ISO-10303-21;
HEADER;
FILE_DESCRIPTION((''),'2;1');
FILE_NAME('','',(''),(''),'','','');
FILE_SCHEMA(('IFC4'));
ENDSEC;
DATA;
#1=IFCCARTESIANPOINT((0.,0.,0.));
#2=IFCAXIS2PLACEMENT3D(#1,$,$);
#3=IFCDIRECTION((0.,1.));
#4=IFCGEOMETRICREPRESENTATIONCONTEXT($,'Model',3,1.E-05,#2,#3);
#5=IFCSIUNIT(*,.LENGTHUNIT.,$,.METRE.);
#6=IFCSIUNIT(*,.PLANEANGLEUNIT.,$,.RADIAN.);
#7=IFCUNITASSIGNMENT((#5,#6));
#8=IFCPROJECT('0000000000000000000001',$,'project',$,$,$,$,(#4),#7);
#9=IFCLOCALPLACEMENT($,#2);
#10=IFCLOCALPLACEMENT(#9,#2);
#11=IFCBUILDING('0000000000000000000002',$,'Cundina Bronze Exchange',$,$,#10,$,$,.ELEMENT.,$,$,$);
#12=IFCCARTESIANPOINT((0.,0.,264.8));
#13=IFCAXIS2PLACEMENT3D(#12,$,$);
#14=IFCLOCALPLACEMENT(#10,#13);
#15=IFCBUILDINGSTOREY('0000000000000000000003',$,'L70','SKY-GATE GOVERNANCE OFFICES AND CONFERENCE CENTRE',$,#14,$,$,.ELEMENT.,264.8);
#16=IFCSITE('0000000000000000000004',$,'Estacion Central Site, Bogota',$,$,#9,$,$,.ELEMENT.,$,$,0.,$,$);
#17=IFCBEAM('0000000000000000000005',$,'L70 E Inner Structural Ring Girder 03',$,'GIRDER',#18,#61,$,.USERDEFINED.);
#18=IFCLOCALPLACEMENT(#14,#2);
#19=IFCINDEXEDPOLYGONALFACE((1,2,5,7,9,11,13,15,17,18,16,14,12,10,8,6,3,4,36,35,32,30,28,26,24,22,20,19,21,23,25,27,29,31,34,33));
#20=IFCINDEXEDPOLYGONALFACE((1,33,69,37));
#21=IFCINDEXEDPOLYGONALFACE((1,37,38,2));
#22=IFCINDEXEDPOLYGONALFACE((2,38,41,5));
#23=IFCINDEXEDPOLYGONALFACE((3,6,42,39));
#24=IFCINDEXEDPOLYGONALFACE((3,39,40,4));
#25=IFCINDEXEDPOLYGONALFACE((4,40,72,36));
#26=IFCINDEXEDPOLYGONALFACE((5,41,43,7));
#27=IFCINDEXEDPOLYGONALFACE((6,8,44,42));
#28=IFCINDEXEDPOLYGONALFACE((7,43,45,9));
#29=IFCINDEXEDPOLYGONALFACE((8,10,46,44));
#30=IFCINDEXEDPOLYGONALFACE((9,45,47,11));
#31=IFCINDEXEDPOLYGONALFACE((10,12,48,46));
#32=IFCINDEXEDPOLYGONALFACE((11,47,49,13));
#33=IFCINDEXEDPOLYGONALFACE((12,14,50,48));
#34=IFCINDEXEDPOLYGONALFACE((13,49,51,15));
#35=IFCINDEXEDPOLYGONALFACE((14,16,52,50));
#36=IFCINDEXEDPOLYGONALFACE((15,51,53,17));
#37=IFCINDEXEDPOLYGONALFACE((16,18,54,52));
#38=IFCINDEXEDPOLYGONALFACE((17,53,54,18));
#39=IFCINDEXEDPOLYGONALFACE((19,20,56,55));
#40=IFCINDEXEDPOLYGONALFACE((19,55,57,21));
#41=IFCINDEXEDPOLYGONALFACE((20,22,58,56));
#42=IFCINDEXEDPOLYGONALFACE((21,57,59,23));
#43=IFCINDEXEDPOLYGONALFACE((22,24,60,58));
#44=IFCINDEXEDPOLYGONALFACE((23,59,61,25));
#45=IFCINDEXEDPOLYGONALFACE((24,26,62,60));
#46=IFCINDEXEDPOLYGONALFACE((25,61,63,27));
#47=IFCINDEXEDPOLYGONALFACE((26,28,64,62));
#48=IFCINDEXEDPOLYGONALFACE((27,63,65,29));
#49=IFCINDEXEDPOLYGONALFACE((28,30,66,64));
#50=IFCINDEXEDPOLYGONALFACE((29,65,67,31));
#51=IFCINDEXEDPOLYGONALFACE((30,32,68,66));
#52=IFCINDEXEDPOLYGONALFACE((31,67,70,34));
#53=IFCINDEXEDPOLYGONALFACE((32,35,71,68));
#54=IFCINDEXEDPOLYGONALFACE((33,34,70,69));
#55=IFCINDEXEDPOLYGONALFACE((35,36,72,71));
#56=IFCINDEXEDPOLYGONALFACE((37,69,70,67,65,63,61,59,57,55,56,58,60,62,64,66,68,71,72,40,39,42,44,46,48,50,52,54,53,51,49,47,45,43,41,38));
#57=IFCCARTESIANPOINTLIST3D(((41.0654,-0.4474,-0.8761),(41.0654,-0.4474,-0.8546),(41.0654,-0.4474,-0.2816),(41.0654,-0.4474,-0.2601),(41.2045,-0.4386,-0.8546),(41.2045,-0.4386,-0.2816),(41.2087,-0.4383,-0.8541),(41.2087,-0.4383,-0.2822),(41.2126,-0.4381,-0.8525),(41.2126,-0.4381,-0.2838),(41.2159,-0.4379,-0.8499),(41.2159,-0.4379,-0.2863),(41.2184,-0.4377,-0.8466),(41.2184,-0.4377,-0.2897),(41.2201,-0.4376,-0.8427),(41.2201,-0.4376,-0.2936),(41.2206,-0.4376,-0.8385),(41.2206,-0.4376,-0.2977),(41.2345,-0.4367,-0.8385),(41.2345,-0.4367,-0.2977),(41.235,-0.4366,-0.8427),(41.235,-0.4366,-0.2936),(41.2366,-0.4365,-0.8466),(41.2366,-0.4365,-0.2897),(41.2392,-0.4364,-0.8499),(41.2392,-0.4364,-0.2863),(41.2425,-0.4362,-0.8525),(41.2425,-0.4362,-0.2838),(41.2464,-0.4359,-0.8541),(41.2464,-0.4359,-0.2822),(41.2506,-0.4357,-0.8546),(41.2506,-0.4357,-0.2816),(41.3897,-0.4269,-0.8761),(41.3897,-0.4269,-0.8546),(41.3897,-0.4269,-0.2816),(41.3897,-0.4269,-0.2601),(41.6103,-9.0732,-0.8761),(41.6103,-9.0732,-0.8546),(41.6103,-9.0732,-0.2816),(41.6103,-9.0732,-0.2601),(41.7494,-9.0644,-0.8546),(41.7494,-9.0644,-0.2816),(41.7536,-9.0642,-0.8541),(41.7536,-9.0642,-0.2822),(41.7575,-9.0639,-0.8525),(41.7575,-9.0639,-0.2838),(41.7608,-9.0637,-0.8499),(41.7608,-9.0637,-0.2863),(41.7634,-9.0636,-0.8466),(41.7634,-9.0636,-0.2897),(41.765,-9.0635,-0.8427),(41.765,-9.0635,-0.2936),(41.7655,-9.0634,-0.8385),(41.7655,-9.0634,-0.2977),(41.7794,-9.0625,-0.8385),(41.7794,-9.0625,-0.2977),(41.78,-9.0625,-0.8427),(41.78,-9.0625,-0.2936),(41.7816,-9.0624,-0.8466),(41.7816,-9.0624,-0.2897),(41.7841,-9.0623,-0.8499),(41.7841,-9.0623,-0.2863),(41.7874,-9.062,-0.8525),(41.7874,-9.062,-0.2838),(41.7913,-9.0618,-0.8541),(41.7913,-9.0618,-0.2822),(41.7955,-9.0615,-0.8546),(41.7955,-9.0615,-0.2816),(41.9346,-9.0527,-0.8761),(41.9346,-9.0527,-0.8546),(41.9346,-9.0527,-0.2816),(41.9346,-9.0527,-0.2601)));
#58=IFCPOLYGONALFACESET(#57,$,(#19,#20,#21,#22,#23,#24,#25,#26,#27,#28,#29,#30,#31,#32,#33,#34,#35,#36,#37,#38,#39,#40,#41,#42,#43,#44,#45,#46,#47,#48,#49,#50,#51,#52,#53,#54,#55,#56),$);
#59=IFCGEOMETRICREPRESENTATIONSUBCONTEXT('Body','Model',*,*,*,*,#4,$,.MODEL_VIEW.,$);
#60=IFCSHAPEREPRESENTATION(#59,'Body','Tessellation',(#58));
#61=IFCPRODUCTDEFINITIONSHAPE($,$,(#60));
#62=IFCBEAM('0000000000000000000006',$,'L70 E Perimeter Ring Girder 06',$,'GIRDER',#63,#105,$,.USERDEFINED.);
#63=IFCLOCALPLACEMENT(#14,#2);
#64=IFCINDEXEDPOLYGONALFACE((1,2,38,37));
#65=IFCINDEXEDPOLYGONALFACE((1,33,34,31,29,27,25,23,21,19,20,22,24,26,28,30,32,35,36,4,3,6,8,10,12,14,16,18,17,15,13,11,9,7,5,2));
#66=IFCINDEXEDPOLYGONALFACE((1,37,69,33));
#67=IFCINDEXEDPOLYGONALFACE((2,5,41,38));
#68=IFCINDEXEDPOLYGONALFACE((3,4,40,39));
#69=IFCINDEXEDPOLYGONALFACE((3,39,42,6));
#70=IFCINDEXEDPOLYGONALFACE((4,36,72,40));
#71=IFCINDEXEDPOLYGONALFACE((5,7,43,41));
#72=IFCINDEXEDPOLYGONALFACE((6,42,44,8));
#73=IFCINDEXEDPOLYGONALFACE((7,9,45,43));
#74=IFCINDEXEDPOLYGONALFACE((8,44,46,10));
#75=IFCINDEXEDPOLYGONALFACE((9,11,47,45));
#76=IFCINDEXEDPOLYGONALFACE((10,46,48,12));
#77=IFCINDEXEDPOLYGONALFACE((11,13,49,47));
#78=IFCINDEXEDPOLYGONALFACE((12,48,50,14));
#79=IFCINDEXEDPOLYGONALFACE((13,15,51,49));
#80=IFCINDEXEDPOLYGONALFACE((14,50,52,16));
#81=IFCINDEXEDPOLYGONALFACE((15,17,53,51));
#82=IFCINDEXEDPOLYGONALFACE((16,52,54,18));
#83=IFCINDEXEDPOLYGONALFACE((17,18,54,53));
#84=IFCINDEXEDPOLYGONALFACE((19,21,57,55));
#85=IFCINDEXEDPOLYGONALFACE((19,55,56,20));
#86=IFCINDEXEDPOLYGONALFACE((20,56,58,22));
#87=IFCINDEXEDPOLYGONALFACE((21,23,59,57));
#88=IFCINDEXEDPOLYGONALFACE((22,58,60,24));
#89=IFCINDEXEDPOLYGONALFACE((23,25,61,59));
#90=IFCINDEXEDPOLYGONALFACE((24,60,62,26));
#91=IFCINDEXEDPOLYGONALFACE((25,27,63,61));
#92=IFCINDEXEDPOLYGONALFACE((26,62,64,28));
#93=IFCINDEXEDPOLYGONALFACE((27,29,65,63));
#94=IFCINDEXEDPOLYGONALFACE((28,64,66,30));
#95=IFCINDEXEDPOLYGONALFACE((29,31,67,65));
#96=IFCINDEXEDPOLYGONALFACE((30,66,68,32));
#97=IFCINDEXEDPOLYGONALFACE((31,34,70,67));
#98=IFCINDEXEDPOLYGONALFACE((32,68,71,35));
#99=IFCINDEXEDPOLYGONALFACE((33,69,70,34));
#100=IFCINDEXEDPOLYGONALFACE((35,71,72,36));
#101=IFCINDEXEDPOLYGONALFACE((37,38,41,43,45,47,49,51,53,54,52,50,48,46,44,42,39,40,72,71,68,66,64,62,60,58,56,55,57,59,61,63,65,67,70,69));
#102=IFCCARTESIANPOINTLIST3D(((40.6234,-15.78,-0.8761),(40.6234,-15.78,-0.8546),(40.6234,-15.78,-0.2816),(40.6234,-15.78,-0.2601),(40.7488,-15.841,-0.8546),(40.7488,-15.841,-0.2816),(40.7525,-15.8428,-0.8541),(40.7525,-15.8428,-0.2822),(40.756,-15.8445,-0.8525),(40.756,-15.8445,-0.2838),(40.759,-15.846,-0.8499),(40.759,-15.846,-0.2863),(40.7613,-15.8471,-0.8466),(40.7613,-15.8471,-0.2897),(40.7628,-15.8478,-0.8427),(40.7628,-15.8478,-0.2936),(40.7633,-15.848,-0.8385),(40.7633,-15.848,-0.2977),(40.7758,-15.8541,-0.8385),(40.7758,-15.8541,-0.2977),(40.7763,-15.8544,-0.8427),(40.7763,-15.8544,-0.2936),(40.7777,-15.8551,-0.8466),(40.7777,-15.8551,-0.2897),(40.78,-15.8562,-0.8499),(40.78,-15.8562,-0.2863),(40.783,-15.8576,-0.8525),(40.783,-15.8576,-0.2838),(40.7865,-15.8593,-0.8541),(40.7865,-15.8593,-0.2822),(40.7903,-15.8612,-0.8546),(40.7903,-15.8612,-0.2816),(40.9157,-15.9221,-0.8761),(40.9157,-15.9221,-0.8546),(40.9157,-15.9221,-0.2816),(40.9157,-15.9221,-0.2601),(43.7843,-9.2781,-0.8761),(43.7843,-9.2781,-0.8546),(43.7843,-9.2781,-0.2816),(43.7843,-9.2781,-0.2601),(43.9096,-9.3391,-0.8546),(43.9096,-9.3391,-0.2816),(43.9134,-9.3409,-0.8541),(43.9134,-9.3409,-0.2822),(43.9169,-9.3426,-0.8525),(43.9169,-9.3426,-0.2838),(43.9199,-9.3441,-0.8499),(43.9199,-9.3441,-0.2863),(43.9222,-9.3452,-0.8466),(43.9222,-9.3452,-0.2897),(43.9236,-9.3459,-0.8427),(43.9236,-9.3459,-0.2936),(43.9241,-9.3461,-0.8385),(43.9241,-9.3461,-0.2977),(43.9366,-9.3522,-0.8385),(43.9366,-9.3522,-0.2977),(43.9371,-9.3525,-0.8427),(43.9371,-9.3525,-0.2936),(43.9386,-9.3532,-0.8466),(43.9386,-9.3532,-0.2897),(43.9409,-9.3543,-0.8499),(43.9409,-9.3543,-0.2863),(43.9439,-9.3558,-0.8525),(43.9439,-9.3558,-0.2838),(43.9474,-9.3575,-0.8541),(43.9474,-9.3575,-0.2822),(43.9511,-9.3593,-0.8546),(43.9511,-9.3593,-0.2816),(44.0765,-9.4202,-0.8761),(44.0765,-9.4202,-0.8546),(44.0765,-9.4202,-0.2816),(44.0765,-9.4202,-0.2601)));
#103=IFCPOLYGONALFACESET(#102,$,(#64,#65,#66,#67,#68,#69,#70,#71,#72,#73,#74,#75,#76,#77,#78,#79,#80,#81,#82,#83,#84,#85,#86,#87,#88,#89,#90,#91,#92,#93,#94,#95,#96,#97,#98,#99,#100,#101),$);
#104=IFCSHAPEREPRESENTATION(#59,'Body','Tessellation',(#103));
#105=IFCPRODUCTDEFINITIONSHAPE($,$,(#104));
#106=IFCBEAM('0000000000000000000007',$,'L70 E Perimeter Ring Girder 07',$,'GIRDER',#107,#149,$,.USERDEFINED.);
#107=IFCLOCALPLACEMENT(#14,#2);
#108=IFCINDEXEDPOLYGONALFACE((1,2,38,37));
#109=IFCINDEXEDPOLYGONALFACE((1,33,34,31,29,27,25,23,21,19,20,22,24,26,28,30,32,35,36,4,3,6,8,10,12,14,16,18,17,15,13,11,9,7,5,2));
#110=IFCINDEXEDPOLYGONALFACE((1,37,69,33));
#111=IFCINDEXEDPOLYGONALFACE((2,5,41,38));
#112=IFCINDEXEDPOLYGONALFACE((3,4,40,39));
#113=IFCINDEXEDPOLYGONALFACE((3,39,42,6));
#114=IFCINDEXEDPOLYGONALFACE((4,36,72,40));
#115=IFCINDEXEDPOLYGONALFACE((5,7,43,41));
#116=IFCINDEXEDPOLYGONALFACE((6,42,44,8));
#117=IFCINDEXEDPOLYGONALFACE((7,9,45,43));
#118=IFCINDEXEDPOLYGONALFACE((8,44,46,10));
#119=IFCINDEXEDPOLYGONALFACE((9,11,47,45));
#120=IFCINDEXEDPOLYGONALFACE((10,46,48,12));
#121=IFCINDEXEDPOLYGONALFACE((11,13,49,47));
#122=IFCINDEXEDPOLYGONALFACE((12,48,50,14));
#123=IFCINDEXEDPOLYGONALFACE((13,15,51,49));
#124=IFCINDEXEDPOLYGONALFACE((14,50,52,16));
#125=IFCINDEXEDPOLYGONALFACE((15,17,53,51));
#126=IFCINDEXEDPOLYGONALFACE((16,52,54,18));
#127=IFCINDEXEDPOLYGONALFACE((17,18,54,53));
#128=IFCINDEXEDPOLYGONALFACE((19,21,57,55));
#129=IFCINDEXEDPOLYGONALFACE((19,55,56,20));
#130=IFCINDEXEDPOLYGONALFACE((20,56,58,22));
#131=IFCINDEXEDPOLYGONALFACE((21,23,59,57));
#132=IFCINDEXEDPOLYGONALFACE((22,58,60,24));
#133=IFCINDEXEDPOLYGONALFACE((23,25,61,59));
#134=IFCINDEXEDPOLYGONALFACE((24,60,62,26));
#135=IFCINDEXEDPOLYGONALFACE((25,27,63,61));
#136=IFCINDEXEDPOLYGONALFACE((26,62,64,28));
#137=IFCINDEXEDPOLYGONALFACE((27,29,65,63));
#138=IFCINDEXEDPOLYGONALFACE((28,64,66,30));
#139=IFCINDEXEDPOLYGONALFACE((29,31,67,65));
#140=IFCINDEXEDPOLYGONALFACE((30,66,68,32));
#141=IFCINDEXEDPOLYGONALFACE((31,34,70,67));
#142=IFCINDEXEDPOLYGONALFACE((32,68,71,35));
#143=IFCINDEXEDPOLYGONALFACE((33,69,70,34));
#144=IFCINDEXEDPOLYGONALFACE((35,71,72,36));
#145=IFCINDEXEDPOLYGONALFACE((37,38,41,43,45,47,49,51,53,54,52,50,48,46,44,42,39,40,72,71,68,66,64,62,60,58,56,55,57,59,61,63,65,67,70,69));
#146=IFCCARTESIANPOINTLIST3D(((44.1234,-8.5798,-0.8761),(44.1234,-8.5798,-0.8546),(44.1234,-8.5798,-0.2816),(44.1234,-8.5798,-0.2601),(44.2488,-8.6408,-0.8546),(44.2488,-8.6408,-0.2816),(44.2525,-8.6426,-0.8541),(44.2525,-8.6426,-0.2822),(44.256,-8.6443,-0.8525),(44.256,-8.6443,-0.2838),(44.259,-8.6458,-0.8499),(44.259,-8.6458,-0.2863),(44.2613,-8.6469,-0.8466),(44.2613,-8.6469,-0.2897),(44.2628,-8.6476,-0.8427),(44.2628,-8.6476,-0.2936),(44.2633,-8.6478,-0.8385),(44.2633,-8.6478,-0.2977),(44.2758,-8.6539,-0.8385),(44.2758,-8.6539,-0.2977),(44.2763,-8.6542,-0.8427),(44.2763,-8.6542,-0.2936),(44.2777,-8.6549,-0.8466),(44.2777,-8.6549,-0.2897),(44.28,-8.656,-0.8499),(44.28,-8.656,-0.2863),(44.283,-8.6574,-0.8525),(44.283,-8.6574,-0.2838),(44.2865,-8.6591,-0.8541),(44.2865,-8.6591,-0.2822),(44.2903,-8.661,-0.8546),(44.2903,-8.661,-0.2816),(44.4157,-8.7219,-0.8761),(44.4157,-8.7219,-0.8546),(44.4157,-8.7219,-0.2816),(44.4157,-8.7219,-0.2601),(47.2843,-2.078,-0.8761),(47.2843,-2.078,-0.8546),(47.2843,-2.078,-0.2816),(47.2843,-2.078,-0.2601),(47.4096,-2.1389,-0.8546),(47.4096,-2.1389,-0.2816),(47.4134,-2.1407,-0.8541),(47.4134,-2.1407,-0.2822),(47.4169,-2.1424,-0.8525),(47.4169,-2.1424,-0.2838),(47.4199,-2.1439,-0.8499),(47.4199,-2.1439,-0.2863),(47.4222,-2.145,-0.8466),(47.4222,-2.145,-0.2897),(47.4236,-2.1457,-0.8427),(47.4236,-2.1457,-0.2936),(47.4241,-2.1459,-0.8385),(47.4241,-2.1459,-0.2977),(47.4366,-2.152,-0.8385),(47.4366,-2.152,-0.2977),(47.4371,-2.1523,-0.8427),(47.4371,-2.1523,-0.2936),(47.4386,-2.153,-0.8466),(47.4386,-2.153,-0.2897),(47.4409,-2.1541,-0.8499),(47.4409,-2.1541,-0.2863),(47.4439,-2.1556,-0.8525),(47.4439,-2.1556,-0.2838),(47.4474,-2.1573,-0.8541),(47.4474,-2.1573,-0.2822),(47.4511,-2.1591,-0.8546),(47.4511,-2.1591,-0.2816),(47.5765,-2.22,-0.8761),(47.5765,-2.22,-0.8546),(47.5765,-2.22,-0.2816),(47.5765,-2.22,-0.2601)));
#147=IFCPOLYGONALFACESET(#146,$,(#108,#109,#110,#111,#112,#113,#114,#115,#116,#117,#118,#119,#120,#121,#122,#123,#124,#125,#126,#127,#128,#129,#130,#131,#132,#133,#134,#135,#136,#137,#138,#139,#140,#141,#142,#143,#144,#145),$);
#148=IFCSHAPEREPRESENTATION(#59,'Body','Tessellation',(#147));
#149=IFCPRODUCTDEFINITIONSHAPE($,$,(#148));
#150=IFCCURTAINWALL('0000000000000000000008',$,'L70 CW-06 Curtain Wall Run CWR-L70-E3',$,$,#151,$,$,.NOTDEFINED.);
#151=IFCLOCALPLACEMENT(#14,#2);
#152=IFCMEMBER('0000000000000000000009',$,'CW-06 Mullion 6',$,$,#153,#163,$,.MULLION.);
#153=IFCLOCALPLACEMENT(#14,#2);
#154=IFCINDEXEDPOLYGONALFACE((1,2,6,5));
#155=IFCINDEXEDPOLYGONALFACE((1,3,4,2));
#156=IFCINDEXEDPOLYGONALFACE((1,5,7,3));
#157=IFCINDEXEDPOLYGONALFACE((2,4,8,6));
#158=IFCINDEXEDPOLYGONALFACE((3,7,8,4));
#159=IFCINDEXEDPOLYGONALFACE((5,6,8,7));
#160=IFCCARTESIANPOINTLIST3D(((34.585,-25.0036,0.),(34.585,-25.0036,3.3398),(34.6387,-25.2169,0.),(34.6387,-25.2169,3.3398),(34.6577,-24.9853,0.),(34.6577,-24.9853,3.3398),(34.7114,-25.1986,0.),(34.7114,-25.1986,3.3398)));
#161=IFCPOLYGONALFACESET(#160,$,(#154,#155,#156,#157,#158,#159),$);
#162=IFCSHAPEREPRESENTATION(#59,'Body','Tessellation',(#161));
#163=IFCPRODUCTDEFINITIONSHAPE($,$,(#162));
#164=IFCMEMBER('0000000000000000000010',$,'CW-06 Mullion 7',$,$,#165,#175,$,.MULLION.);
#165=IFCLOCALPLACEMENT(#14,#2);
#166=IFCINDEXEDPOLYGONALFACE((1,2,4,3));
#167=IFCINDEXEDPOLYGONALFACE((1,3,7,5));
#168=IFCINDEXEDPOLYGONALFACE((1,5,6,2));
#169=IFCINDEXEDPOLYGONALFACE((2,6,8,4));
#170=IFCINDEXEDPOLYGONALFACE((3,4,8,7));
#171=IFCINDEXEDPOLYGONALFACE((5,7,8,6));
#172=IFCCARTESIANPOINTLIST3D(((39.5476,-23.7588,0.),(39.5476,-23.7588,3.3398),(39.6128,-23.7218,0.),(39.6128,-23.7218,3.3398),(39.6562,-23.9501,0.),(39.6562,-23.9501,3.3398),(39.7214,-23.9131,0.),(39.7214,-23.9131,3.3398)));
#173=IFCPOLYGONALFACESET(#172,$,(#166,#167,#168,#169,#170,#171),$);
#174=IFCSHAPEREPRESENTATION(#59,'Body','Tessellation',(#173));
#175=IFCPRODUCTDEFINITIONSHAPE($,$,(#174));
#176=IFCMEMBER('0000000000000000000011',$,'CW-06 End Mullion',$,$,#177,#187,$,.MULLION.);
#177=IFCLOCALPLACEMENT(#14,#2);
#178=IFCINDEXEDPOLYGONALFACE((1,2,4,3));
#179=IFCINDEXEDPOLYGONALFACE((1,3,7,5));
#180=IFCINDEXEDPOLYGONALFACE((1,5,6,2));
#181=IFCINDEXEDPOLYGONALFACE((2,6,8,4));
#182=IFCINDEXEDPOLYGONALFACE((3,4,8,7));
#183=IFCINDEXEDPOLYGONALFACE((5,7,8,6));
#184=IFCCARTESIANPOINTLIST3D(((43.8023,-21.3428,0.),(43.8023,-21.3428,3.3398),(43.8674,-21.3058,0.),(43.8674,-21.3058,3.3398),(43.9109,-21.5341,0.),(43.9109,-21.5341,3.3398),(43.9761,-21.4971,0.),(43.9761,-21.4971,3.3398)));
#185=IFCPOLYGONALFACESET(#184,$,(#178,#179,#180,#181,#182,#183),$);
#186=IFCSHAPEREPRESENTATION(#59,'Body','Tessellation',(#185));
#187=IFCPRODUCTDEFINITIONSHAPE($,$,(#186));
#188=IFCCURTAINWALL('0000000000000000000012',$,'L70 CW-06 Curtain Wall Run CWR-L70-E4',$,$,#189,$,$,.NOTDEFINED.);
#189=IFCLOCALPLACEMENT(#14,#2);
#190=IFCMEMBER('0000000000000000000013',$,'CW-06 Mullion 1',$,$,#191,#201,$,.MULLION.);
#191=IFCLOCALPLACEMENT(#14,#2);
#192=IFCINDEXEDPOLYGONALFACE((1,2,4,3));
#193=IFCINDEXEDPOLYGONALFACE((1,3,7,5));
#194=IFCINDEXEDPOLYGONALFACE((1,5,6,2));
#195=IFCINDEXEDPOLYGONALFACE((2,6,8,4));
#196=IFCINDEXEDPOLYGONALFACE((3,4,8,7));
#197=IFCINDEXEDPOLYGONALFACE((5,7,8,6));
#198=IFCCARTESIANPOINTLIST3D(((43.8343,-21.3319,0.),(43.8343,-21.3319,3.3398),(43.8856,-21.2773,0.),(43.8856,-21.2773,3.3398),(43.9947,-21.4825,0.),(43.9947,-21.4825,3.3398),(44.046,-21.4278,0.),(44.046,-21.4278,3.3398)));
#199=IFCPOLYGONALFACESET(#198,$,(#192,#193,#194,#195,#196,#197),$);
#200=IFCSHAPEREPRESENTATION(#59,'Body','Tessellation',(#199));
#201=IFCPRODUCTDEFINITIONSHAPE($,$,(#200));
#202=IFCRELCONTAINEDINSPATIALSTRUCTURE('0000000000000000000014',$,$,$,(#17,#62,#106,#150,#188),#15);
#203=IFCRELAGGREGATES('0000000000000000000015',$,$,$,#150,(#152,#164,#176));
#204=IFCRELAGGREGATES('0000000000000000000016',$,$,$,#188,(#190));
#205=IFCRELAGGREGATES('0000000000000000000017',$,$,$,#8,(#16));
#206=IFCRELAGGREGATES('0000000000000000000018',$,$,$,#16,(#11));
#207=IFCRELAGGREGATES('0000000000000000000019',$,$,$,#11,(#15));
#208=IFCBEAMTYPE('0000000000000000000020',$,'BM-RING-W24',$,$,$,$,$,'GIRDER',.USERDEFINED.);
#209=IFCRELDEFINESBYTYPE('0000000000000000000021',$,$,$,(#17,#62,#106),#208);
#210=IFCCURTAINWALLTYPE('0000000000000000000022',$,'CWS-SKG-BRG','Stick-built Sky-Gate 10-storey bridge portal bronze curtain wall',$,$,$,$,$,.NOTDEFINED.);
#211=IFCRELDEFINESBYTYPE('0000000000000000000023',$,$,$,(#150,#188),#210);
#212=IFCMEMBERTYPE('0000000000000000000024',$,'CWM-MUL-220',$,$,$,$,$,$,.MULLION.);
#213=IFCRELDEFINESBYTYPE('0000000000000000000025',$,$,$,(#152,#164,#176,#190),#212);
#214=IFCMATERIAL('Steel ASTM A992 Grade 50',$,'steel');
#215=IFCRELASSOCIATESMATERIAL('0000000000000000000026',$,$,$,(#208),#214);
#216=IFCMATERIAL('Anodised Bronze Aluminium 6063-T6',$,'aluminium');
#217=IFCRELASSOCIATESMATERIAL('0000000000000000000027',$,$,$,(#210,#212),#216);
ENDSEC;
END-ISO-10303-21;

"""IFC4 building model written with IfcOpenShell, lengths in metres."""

from ifc_helpers import new_model, si_unit, direction, frame, origin, origin_2d, place, context, subcontext, project, spatial, rectangle, i_section, extrude, material, material_profile, profile_set, type_object, element, aggregate, save


model = new_model("IFC4")

# Units and contexts
model_context = context("Model", 3, precision=1e-05, world=origin(), true_north=direction((0.0, 1.0)))
body_context = subcontext(model_context, "Body", "Model", "MODEL_VIEW")
ifc_project = project(units=[si_unit("LENGTHUNIT", "METRE"), si_unit("PLANEANGLEUNIT", "RADIAN")], contexts=[model_context])

# Site, building, storey
site_placement = place(None, origin())
site = spatial("IfcSite", under=ifc_project, at=site_placement, Name="Estacion Central Site, Bogota", CompositionType="ELEMENT", RefElevation=0.0)
building_placement = place(site_placement, origin())
building = spatial("IfcBuilding", under=site, at=building_placement, Name="Cundina Bronze Exchange", CompositionType="ELEMENT")
storey_placement = place(building_placement, frame((0.0, 0.0, 264.8)))
storey = spatial("IfcBuildingStorey", under=building, at=storey_placement, Name="L70", Description="SKY-GATE GOVERNANCE OFFICES AND CONFERENCE CENTRE", CompositionType="ELEMENT", Elevation=264.8)

# Beams
ifc_material_1 = material(Name="Steel ASTM A992 Grade 50", Category="steel")
ifc_material_profile_1 = material_profile(ifc_material_1, i_section(OverallWidth=0.325, OverallDepth=0.616, WebThickness=0.0139, FlangeThickness=0.0215, FilletRadius=0.0161, at=origin_2d()), Name="W24X117", Category="steel")
ifc_profile_set_1 = profile_set([ifc_material_profile_1], Name="Steel ASTM A992 Grade 50")
beam_type_1 = type_object("IfcBeamType", Name="BM-RING-W24", ElementType="GIRDER", PredefinedType="USERDEFINED", material=ifc_profile_set_1)
beam_1_placement = place(storey_placement, frame((41.7725, -9.063, -0.5681), z_axis=(-0.063047, 0.998011, 0.0), x_axis=(-0.998011, -0.063047, 0.0)))
element("IfcBeam", 1, at=beam_1_placement, inside=storey, type_object=beam_type_1, Name="L70 E Inner Structural Ring Girder 03", ObjectType="GIRDER", PredefinedType="USERDEFINED", context=body_context, shape_type="SweptSolid", body=[
    extrude(i_section(OverallWidth=0.325, OverallDepth=0.616, WebThickness=0.0139, FlangeThickness=0.0215, FilletRadius=0.0161, at=origin_2d()), origin(), (0.0, 0.0, 1.0), 8.6431),
])
for number, where, z_axis, x_axis, name in (
    (2, (40.7695, -15.8511, -0.5681), (0.437217, 0.899356, 0.0), (-0.899356, 0.437217, 0.0), "L70 E Perimeter Ring Girder 06"),
    (3, (44.2695, -8.6509, -0.5681), (0.437217, 0.899356, 0.0), (-0.899356, 0.437217, 0.0), "L70 E Perimeter Ring Girder 07"),
):
    element("IfcBeam", number, at=place(storey_placement, frame(where, z_axis=z_axis, x_axis=x_axis)), inside=storey, type_object=beam_type_1, Name=name, ObjectType="GIRDER", PredefinedType="USERDEFINED", context=body_context, shape_type="SweptSolid", body=[
        extrude(i_section(OverallWidth=0.325, OverallDepth=0.616, WebThickness=0.0139, FlangeThickness=0.0215, FilletRadius=0.0161, at=origin_2d()), origin(), (0.0, 0.0, 1.0), 7.2295),
    ])

# Curtain walls, members
ifc_material_2 = material(Name="Anodised Bronze Aluminium 6063-T6", Category="aluminium")
curtain_wall_type = type_object("IfcCurtainWallType", Name="CWS-SKG-BRG", Description="Stick-built Sky-Gate 10-storey bridge portal bronze curtain wall", PredefinedType="NOTDEFINED", material=ifc_material_2)
curtain_wall_1_placement = place(storey_placement, origin())
curtain_wall_1 = element("IfcCurtainWall", 4, at=curtain_wall_1_placement, inside=storey, type_object=curtain_wall_type, Name="L70 CW-06 Curtain Wall Run CWR-L70-E3", PredefinedType="NOTDEFINED")
ifc_material_profile_2 = material_profile(ifc_material_2, rectangle(XDim=0.075, YDim=0.22, at=origin_2d()), Name="AL75X220", Category="aluminium")
ifc_profile_set_2 = profile_set([ifc_material_profile_2], Name="Anodised Bronze Aluminium 6063-T6")
member_type_1 = type_object("IfcMemberType", Name="CWM-MUL-220", PredefinedType="MULLION", material=ifc_profile_set_2)
member_1_placement = place(storey_placement, frame((34.6482, -25.1011, 0.0), z_axis=(0.0, 0.0, 1.0), x_axis=(0.969744, 0.244123, 0.0)))
member_1 = element("IfcMember", 5, at=member_1_placement, type_object=member_type_1, Name="CW-06 Mullion 6", PredefinedType="MULLION", context=body_context, shape_type="SweptSolid", body=[
    extrude(rectangle(XDim=0.075, YDim=0.22, at=origin_2d()), origin(), (0.0, 0.0, 1.0), 3.3398),
])
member_2_placement = place(storey_placement, frame((39.6345, -23.8359, 0.0), z_axis=(0.0, 0.0, 1.0), x_axis=(0.869581, 0.49379, 0.0)))
member_2 = element("IfcMember", 6, at=member_2_placement, type_object=member_type_1, Name="CW-06 Mullion 7", PredefinedType="MULLION", context=body_context, shape_type="SweptSolid", body=[
    extrude(rectangle(XDim=0.075, YDim=0.22, at=origin_2d()), origin(), (0.0, 0.0, 1.0), 3.3398),
])
member_3_placement = place(storey_placement, frame((43.8892, -21.4199, 0.0), z_axis=(0.0, 0.0, 1.0), x_axis=(0.869581, 0.49379, 0.0)))
member_3 = element("IfcMember", 7, at=member_3_placement, type_object=member_type_1, Name="CW-06 End Mullion", PredefinedType="MULLION", context=body_context, shape_type="SweptSolid", body=[
    extrude(rectangle(XDim=0.075, YDim=0.22, at=origin_2d()), origin(), (0.0, 0.0, 1.0), 3.3398),
])
curtain_wall_2_placement = place(storey_placement, origin())
curtain_wall_2 = element("IfcCurtainWall", 8, at=curtain_wall_2_placement, inside=storey, type_object=curtain_wall_type, Name="L70 CW-06 Curtain Wall Run CWR-L70-E4", PredefinedType="NOTDEFINED")
member_4_placement = place(storey_placement, frame((43.9402, -21.3799, 0.0), z_axis=(0.0, 0.0, 1.0), x_axis=(0.684293, 0.729208, 0.0)))
member_4 = element("IfcMember", 9, at=member_4_placement, type_object=member_type_1, Name="CW-06 Mullion 1", PredefinedType="MULLION", context=body_context, shape_type="SweptSolid", body=[
    extrude(rectangle(XDim=0.075, YDim=0.22, at=origin_2d()), origin(), (0.0, 0.0, 1.0), 3.3398),
])

aggregate(curtain_wall_1, [member_1, member_2, member_3])
aggregate(curtain_wall_2, [member_4])

save(model, "model.ifc")
